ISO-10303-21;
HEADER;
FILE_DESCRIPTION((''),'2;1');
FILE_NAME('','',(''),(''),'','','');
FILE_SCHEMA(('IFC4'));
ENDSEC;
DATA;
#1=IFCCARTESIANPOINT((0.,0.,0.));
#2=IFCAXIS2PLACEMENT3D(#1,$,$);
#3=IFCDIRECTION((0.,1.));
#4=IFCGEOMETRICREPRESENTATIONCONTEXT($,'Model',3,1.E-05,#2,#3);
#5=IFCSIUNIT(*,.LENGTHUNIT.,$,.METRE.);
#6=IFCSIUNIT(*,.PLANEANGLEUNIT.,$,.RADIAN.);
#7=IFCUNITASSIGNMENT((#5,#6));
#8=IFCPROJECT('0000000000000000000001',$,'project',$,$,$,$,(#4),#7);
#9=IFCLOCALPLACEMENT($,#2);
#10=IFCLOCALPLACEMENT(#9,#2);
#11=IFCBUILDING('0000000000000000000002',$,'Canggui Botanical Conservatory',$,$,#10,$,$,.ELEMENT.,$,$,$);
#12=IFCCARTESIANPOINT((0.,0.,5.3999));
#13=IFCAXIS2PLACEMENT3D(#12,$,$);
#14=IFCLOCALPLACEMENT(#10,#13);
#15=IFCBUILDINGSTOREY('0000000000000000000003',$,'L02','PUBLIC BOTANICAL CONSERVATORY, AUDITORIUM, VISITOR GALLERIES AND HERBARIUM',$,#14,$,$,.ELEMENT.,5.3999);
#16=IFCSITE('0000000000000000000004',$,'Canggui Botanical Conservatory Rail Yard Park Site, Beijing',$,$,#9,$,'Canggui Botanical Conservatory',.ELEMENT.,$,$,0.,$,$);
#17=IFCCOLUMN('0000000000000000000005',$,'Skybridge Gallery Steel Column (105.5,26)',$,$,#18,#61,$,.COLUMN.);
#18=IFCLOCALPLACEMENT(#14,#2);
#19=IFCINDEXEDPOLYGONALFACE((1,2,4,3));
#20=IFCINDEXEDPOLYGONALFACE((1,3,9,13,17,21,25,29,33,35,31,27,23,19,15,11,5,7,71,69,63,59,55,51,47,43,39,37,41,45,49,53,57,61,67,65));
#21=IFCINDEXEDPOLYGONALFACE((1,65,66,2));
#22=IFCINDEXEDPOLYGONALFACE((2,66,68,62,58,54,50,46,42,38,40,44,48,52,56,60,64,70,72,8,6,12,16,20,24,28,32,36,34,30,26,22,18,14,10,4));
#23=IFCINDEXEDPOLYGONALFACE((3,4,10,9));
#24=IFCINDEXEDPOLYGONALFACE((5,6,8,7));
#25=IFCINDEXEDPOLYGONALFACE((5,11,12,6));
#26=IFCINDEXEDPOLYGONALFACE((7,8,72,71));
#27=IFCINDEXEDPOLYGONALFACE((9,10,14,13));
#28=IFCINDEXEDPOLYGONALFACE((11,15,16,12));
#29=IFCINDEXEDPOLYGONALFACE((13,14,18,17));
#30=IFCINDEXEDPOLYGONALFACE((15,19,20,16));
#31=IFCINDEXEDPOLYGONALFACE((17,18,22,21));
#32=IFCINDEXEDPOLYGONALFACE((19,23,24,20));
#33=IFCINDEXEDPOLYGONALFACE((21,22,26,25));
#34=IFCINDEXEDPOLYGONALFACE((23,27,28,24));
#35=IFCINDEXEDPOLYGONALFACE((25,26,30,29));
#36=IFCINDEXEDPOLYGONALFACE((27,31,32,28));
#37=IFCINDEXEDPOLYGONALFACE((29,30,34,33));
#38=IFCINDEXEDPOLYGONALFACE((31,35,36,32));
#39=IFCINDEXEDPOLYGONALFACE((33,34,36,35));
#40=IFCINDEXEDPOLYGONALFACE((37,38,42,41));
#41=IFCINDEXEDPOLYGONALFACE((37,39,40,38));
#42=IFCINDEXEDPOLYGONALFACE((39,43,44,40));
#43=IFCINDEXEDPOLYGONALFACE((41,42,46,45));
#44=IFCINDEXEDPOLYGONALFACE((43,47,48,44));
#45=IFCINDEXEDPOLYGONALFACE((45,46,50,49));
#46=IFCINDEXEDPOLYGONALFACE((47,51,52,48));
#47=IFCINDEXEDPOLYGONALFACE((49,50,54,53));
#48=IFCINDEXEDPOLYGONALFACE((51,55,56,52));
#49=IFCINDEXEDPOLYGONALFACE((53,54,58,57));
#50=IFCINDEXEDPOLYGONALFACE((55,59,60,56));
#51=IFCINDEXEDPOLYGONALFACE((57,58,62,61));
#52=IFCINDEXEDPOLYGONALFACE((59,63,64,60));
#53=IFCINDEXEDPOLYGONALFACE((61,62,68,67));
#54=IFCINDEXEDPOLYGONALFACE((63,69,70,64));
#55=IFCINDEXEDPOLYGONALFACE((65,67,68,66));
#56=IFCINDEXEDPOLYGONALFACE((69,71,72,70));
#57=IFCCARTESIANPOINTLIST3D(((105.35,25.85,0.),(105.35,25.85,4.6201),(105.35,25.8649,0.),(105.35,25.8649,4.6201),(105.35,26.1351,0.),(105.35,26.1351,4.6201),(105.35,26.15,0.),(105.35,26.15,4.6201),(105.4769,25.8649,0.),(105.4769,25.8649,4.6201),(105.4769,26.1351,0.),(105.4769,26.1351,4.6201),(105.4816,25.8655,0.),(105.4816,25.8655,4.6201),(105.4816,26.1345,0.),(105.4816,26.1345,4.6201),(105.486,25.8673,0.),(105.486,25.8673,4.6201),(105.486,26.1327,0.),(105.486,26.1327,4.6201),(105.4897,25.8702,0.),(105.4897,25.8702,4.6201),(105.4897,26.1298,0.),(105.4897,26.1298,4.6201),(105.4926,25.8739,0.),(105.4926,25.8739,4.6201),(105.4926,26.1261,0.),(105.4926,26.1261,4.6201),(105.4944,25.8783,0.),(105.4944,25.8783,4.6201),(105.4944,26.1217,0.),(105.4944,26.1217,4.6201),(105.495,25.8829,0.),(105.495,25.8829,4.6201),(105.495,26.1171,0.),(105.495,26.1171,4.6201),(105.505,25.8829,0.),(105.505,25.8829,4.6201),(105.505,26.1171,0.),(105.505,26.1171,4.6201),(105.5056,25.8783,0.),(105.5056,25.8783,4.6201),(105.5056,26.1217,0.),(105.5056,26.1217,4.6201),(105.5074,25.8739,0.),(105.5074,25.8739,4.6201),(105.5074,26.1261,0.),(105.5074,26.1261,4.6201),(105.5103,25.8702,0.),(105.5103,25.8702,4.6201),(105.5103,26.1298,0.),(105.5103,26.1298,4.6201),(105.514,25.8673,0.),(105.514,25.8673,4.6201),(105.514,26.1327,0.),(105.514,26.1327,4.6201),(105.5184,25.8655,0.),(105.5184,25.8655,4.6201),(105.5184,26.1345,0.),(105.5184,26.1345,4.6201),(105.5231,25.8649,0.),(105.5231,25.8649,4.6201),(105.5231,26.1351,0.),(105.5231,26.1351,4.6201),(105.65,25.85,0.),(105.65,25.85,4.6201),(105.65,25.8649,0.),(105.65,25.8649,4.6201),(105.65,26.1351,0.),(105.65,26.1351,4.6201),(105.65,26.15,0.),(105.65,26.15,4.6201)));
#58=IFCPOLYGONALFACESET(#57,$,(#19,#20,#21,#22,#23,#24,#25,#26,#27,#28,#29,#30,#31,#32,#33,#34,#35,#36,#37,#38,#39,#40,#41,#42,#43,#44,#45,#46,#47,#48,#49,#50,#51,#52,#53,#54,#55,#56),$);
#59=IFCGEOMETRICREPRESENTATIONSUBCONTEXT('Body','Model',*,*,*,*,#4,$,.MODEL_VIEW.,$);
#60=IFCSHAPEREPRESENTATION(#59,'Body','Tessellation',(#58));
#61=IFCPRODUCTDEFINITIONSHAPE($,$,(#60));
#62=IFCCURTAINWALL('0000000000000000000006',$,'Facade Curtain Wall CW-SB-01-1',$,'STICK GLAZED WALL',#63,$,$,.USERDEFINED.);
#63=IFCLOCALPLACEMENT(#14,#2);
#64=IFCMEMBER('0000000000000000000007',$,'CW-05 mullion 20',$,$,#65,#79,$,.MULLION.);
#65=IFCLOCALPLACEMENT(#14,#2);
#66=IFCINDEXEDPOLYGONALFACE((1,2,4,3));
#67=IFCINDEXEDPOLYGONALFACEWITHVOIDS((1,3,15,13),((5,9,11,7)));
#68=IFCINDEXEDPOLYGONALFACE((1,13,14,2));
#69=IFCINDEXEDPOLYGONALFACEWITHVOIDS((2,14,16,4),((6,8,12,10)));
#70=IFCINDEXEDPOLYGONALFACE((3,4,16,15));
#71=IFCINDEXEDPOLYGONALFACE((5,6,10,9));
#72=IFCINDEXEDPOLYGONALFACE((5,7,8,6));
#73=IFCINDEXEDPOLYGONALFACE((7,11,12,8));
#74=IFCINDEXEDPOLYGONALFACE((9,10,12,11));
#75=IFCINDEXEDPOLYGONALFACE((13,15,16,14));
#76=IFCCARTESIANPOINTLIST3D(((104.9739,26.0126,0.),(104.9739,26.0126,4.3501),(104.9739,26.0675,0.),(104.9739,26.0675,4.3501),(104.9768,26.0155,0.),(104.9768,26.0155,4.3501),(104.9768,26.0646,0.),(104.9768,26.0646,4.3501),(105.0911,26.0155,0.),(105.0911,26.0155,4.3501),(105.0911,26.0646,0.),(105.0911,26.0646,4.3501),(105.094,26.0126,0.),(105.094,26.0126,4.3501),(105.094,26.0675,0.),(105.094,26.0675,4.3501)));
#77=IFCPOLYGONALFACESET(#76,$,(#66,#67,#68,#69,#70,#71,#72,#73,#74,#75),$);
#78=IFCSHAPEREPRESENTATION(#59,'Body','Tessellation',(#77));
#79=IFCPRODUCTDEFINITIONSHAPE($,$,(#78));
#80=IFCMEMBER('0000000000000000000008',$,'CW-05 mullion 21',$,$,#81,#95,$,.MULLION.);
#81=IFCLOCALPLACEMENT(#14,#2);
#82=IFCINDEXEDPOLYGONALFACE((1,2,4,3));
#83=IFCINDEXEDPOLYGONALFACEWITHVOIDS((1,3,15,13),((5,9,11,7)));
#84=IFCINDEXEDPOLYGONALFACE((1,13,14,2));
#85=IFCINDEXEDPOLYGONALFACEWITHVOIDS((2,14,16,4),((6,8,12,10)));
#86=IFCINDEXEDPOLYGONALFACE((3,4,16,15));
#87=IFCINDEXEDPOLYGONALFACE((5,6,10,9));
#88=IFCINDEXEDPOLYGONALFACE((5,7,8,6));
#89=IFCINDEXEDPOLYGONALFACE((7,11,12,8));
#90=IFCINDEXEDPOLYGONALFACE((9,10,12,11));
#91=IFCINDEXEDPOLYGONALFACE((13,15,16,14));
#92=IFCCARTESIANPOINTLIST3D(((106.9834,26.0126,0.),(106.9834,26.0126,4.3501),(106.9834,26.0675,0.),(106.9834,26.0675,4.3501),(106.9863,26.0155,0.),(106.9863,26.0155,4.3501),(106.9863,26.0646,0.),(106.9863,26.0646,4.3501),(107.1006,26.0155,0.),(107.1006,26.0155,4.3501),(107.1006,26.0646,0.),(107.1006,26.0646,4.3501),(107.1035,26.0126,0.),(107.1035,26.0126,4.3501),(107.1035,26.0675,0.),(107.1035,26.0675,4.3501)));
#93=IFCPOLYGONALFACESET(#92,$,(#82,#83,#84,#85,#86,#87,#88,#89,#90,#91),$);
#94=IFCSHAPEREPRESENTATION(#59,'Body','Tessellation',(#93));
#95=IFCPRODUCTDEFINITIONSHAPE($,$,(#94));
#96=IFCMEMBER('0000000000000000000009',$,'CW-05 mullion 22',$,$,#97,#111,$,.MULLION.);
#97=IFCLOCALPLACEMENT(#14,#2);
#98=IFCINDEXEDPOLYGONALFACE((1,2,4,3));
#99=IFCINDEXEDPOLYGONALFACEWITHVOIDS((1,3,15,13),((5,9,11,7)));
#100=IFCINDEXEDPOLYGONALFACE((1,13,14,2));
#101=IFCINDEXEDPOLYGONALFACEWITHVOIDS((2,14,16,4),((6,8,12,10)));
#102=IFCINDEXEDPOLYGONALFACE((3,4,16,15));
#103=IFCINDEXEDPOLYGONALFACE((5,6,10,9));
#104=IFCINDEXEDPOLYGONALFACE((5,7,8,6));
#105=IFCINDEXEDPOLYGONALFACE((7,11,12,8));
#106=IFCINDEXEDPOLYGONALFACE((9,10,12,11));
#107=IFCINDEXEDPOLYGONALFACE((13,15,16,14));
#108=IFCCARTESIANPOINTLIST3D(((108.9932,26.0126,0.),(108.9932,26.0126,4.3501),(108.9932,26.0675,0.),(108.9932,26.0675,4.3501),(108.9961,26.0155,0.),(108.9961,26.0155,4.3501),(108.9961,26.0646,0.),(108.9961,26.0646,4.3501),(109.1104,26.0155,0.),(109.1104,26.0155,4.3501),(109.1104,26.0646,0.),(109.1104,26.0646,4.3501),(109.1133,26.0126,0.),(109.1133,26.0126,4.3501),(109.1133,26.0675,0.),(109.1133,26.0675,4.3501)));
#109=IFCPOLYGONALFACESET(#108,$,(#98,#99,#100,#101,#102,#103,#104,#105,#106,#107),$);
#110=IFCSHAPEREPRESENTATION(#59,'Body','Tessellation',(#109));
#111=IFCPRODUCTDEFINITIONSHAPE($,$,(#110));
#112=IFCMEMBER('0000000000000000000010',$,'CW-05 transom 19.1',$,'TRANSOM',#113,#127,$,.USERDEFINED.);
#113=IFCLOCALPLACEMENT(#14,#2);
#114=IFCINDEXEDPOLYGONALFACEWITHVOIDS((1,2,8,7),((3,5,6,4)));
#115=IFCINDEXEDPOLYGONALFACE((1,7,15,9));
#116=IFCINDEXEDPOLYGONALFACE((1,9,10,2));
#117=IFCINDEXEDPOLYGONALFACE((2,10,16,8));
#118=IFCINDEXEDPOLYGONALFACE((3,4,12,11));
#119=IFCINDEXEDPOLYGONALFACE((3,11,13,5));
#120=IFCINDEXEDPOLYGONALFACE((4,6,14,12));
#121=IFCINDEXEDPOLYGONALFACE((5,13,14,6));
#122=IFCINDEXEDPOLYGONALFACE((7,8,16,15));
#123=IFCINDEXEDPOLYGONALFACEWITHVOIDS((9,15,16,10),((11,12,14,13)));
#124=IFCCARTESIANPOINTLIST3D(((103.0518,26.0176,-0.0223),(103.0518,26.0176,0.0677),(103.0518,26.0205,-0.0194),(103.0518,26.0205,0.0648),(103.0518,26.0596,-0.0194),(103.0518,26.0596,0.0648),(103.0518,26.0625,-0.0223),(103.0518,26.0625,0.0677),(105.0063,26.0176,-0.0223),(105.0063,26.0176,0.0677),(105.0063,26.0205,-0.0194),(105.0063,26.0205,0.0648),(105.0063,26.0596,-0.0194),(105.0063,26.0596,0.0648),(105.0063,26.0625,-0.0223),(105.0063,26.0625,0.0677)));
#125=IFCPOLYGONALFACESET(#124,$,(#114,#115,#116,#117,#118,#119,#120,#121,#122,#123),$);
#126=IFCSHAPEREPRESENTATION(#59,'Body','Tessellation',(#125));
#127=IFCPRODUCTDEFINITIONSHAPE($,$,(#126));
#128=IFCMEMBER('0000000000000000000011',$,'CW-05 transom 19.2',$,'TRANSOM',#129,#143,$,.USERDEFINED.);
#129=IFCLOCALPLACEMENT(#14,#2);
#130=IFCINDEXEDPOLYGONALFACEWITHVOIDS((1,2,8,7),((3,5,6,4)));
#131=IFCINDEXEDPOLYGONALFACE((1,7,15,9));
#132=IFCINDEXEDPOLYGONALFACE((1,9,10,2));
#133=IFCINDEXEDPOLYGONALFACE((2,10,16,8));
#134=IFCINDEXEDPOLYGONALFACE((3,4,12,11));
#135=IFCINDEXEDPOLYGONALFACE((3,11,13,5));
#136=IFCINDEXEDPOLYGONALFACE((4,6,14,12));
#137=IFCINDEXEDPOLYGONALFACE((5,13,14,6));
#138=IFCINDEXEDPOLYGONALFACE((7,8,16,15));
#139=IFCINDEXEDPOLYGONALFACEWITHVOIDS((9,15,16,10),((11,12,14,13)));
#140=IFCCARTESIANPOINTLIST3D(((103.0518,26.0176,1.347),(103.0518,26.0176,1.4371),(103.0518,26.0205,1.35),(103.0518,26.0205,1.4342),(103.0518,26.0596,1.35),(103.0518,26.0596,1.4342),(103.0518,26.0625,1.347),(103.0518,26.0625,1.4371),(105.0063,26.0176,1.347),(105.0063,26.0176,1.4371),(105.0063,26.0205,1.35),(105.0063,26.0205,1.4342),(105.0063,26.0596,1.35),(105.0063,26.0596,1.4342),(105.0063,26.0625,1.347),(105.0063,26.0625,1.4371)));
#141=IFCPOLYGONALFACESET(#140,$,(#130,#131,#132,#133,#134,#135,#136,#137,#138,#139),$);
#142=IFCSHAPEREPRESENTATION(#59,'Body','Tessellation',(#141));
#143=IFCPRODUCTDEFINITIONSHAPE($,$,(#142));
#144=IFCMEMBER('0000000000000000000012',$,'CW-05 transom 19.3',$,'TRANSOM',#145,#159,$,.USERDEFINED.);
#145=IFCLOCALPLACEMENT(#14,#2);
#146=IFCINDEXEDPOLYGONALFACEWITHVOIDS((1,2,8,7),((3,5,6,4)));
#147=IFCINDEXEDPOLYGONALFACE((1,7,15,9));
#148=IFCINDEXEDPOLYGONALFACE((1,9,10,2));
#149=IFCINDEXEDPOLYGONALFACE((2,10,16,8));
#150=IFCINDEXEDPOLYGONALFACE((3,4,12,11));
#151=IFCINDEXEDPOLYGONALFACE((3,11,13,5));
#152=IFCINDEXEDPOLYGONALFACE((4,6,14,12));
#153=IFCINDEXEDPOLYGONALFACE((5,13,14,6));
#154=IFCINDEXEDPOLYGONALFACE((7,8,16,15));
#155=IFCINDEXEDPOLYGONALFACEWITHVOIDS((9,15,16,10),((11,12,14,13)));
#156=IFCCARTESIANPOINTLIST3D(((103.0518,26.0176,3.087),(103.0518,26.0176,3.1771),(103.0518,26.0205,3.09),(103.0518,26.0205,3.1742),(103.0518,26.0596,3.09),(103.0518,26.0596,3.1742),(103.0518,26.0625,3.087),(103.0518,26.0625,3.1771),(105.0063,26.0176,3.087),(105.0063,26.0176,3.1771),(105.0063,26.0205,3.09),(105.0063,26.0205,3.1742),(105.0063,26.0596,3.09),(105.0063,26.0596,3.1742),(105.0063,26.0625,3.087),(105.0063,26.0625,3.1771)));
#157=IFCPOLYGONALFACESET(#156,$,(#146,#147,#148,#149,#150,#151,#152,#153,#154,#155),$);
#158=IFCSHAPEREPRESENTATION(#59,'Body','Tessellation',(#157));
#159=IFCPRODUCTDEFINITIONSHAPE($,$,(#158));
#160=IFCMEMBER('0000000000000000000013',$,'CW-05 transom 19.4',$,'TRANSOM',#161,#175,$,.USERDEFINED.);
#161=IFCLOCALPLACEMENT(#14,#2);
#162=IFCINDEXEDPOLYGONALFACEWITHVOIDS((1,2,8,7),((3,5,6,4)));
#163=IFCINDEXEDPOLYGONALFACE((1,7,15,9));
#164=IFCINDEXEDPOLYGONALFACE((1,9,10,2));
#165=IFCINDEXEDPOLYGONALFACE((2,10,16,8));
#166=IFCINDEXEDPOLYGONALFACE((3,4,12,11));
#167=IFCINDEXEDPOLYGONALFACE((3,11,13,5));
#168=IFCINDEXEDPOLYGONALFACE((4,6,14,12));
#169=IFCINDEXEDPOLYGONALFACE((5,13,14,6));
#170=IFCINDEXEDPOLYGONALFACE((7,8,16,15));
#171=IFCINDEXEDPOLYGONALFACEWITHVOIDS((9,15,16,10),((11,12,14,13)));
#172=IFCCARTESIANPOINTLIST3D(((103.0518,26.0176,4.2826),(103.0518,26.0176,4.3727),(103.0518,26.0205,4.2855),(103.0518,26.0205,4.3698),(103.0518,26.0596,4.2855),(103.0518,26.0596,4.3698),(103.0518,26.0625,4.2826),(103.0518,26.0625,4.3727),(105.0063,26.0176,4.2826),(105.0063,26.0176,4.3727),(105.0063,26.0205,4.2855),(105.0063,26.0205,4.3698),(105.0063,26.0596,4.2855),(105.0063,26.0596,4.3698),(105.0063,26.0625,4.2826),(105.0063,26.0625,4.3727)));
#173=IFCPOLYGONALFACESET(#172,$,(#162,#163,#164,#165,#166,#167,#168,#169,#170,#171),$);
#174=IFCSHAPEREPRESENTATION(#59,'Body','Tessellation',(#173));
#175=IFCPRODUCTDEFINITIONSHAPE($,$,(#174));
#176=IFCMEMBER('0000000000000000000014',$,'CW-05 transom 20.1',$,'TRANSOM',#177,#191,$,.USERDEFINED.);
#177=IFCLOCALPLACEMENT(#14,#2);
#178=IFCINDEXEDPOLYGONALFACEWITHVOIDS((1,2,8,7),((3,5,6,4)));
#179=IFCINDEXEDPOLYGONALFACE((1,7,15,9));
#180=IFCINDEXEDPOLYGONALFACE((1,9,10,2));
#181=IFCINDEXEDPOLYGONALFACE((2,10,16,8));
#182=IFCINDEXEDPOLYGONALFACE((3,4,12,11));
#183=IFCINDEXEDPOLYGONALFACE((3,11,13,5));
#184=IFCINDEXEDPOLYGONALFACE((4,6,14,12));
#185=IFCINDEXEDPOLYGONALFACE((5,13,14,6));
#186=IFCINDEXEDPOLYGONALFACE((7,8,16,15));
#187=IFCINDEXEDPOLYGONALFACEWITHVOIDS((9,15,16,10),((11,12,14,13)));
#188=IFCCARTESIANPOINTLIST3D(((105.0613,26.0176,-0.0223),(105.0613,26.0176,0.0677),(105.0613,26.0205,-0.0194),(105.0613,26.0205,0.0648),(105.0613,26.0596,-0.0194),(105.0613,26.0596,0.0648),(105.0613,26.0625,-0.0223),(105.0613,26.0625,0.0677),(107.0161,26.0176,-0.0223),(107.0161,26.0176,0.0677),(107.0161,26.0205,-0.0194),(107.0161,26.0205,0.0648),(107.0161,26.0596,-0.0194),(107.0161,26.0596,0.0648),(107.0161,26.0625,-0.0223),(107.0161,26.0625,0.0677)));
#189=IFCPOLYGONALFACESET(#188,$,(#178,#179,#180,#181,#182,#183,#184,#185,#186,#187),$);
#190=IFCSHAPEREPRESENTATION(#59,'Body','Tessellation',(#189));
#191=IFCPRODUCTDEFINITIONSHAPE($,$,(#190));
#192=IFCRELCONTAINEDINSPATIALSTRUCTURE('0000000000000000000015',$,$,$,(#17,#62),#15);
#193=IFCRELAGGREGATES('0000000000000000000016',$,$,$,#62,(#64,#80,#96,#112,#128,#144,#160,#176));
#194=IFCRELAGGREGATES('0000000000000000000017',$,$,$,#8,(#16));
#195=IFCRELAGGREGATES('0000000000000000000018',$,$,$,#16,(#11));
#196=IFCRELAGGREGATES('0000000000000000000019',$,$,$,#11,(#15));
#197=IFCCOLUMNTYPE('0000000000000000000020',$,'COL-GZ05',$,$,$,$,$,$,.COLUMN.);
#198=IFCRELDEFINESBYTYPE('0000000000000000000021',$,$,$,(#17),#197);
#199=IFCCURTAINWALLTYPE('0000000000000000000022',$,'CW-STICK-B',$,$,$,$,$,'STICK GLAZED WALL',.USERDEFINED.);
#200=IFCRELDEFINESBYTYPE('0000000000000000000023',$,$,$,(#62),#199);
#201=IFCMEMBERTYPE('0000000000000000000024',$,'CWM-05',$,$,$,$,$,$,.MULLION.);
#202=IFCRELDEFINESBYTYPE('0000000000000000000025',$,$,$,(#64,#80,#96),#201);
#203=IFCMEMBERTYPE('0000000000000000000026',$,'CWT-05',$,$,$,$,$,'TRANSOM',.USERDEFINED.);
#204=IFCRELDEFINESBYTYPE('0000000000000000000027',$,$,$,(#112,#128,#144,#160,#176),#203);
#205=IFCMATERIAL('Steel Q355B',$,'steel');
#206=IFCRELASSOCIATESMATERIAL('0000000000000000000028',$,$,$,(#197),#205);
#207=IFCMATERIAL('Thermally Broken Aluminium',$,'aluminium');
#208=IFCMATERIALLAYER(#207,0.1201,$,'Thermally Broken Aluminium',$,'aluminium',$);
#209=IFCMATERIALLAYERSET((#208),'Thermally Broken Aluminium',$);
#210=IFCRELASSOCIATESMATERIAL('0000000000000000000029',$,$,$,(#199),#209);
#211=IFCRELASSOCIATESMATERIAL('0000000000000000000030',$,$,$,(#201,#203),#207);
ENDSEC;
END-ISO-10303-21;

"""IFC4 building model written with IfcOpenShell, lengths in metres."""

from ifc_helpers import new_model, si_unit, direction, frame, origin, origin_2d, place, context, subcontext, project, spatial, hollow_rectangle, i_section, extrude, material, layer, layer_set, material_profile, profile_set, type_object, element, aggregate, save


model = new_model("IFC4")

# Units and contexts
model_context = context("Model", 3, precision=1e-05, world=origin(), true_north=direction((0.0, 1.0)))
body_context = subcontext(model_context, "Body", "Model", "MODEL_VIEW")
ifc_project = project(units=[si_unit("LENGTHUNIT", "METRE"), si_unit("PLANEANGLEUNIT", "RADIAN")], contexts=[model_context])

# Site, building, storey
site_placement = place(None, origin())
site = spatial("IfcSite", under=ifc_project, at=site_placement, Name="Canggui Botanical Conservatory Rail Yard Park Site, Beijing", LongName="Canggui Botanical Conservatory", CompositionType="ELEMENT", RefElevation=0.0)
building_placement = place(site_placement, origin())
building = spatial("IfcBuilding", under=site, at=building_placement, Name="Canggui Botanical Conservatory", CompositionType="ELEMENT")
storey_placement = place(building_placement, frame((0.0, 0.0, 5.3999)))
storey = spatial("IfcBuildingStorey", under=building, at=storey_placement, Name="L02", Description="PUBLIC BOTANICAL CONSERVATORY, AUDITORIUM, VISITOR GALLERIES AND HERBARIUM", CompositionType="ELEMENT", Elevation=5.3999)

# Column
ifc_material_1 = material(Name="Steel Q355B", Category="steel")
ifc_material_profile_1 = material_profile(ifc_material_1, i_section(OverallWidth=0.3, OverallDepth=0.3, WebThickness=0.01, FlangeThickness=0.0149, FilletRadius=0.0181, at=origin_2d()), Name="HW 300x300x10x15")
ifc_profile_set_1 = profile_set([ifc_material_profile_1], Name="Steel Q355B")
column_type = type_object("IfcColumnType", Name="COL-GZ05", PredefinedType="COLUMN", material=ifc_profile_set_1)
column_placement = place(storey_placement, frame((105.5, 26.0, 0.0), z_axis=(0.0, 0.0, 1.0), x_axis=(1.0, 0.0, 0.0)))
element("IfcColumn", 1, at=column_placement, inside=storey, type_object=column_type, Name="Skybridge Gallery Steel Column (105.5,26)", PredefinedType="COLUMN", context=body_context, shape_type="SweptSolid", body=[
    extrude(i_section(OverallWidth=0.3, OverallDepth=0.3, WebThickness=0.01, FlangeThickness=0.0149, FilletRadius=0.0181, at=origin_2d()), origin(), (0.0, 0.0, 1.0), 4.6201),
])

# Curtain wall, members
ifc_material_2 = material(Name="Thermally Broken Aluminium", Category="aluminium")
ifc_layer_1 = layer(ifc_material_2, 0.1201, Name="Thermally Broken Aluminium", Category="aluminium")
ifc_layer_set_1 = layer_set([ifc_layer_1], Name="Thermally Broken Aluminium")
curtain_wall_type = type_object("IfcCurtainWallType", Name="CW-STICK-B", ElementType="STICK GLAZED WALL", PredefinedType="USERDEFINED", material=ifc_layer_set_1)
curtain_wall_placement = place(storey_placement, origin())
curtain_wall = element("IfcCurtainWall", 2, at=curtain_wall_placement, inside=storey, type_object=curtain_wall_type, Name="Facade Curtain Wall CW-SB-01-1", ObjectType="STICK GLAZED WALL", PredefinedType="USERDEFINED")
ifc_material_profile_2 = material_profile(ifc_material_2, hollow_rectangle(XDim=0.0549, YDim=0.1201, WallThickness=0.0029, at=origin_2d()), Name="CWM 55x120x3")
ifc_profile_set_2 = profile_set([ifc_material_profile_2], Name="Thermally Broken Aluminium")
member_type_1 = type_object("IfcMemberType", Name="CWM-05", PredefinedType="MULLION", material=ifc_profile_set_2)
member_1_placement = place(storey_placement, frame((105.0339, 26.04, 0.0), z_axis=(0.0, 0.0, 1.0), x_axis=(0.0, 1.0, 0.0)))
member_1 = element("IfcMember", 3, at=member_1_placement, type_object=member_type_1, Name="CW-05 mullion 20", PredefinedType="MULLION", context=body_context, shape_type="SweptSolid", body=[
    extrude(hollow_rectangle(XDim=0.0549, YDim=0.1201, WallThickness=0.0029, at=origin_2d()), origin(), (0.0, 0.0, 1.0), 4.3501),
])
member_2_placement = place(storey_placement, frame((107.0435, 26.04, 0.0), z_axis=(0.0, 0.0, 1.0), x_axis=(0.0, 1.0, 0.0)))
member_2 = element("IfcMember", 4, at=member_2_placement, type_object=member_type_1, Name="CW-05 mullion 21", PredefinedType="MULLION", context=body_context, shape_type="SweptSolid", body=[
    extrude(hollow_rectangle(XDim=0.0549, YDim=0.1201, WallThickness=0.0029, at=origin_2d()), origin(), (0.0, 0.0, 1.0), 4.3501),
])
member_3_placement = place(storey_placement, frame((109.0532, 26.04, 0.0), z_axis=(0.0, 0.0, 1.0), x_axis=(0.0, 1.0, 0.0)))
member_3 = element("IfcMember", 5, at=member_3_placement, type_object=member_type_1, Name="CW-05 mullion 22", PredefinedType="MULLION", context=body_context, shape_type="SweptSolid", body=[
    extrude(hollow_rectangle(XDim=0.0549, YDim=0.1201, WallThickness=0.0029, at=origin_2d()), origin(), (0.0, 0.0, 1.0), 4.3501),
])
ifc_material_profile_3 = material_profile(ifc_material_2, hollow_rectangle(XDim=0.0449, YDim=0.0901, WallThickness=0.0029, at=origin_2d()), Name="CWT 45x90x3")
ifc_profile_set_3 = profile_set([ifc_material_profile_3], Name="Thermally Broken Aluminium")
member_type_2 = type_object("IfcMemberType", Name="CWT-05", ElementType="TRANSOM", PredefinedType="USERDEFINED", material=ifc_profile_set_3)
member_4_placement = place(storey_placement, frame((103.0518, 26.04, 0.0227), z_axis=(1.0, 0.0, 0.0), x_axis=(0.0, 1.0, 0.0)))
member_4 = element("IfcMember", 6, at=member_4_placement, type_object=member_type_2, Name="CW-05 transom 19.1", ObjectType="TRANSOM", PredefinedType="USERDEFINED", context=body_context, shape_type="SweptSolid", body=[
    extrude(hollow_rectangle(XDim=0.0449, YDim=0.0901, WallThickness=0.0029, at=origin_2d()), origin(), (0.0, 0.0, 1.0), 1.9546),
])
member_5_placement = place(storey_placement, frame((103.0518, 26.04, 1.3921), z_axis=(1.0, 0.0, 0.0), x_axis=(0.0, 1.0, 0.0)))
member_5 = element("IfcMember", 7, at=member_5_placement, type_object=member_type_2, Name="CW-05 transom 19.2", ObjectType="TRANSOM", PredefinedType="USERDEFINED", context=body_context, shape_type="SweptSolid", body=[
    extrude(hollow_rectangle(XDim=0.0449, YDim=0.0901, WallThickness=0.0029, at=origin_2d()), origin(), (0.0, 0.0, 1.0), 1.9546),
])
member_6_placement = place(storey_placement, frame((103.0518, 26.04, 3.1321), z_axis=(1.0, 0.0, 0.0), x_axis=(0.0, 1.0, 0.0)))
member_6 = element("IfcMember", 8, at=member_6_placement, type_object=member_type_2, Name="CW-05 transom 19.3", ObjectType="TRANSOM", PredefinedType="USERDEFINED", context=body_context, shape_type="SweptSolid", body=[
    extrude(hollow_rectangle(XDim=0.0449, YDim=0.0901, WallThickness=0.0029, at=origin_2d()), origin(), (0.0, 0.0, 1.0), 1.9546),
])
member_7_placement = place(storey_placement, frame((103.0518, 26.04, 4.3276), z_axis=(1.0, 0.0, 0.0), x_axis=(0.0, 1.0, 0.0)))
member_7 = element("IfcMember", 9, at=member_7_placement, type_object=member_type_2, Name="CW-05 transom 19.4", ObjectType="TRANSOM", PredefinedType="USERDEFINED", context=body_context, shape_type="SweptSolid", body=[
    extrude(hollow_rectangle(XDim=0.0449, YDim=0.0901, WallThickness=0.0029, at=origin_2d()), origin(), (0.0, 0.0, 1.0), 1.9546),
])
member_8_placement = place(storey_placement, frame((105.0613, 26.04, 0.0227), z_axis=(1.0, 0.0, 0.0), x_axis=(0.0, 1.0, 0.0)))
member_8 = element("IfcMember", 10, at=member_8_placement, type_object=member_type_2, Name="CW-05 transom 20.1", ObjectType="TRANSOM", PredefinedType="USERDEFINED", context=body_context, shape_type="SweptSolid", body=[
    extrude(hollow_rectangle(XDim=0.0449, YDim=0.0901, WallThickness=0.0029, at=origin_2d()), origin(), (0.0, 0.0, 1.0), 1.9548),
])

aggregate(curtain_wall, [member_1, member_2, member_3, member_4, member_5, member_6, member_7, member_8])

save(model, "model.ifc")
